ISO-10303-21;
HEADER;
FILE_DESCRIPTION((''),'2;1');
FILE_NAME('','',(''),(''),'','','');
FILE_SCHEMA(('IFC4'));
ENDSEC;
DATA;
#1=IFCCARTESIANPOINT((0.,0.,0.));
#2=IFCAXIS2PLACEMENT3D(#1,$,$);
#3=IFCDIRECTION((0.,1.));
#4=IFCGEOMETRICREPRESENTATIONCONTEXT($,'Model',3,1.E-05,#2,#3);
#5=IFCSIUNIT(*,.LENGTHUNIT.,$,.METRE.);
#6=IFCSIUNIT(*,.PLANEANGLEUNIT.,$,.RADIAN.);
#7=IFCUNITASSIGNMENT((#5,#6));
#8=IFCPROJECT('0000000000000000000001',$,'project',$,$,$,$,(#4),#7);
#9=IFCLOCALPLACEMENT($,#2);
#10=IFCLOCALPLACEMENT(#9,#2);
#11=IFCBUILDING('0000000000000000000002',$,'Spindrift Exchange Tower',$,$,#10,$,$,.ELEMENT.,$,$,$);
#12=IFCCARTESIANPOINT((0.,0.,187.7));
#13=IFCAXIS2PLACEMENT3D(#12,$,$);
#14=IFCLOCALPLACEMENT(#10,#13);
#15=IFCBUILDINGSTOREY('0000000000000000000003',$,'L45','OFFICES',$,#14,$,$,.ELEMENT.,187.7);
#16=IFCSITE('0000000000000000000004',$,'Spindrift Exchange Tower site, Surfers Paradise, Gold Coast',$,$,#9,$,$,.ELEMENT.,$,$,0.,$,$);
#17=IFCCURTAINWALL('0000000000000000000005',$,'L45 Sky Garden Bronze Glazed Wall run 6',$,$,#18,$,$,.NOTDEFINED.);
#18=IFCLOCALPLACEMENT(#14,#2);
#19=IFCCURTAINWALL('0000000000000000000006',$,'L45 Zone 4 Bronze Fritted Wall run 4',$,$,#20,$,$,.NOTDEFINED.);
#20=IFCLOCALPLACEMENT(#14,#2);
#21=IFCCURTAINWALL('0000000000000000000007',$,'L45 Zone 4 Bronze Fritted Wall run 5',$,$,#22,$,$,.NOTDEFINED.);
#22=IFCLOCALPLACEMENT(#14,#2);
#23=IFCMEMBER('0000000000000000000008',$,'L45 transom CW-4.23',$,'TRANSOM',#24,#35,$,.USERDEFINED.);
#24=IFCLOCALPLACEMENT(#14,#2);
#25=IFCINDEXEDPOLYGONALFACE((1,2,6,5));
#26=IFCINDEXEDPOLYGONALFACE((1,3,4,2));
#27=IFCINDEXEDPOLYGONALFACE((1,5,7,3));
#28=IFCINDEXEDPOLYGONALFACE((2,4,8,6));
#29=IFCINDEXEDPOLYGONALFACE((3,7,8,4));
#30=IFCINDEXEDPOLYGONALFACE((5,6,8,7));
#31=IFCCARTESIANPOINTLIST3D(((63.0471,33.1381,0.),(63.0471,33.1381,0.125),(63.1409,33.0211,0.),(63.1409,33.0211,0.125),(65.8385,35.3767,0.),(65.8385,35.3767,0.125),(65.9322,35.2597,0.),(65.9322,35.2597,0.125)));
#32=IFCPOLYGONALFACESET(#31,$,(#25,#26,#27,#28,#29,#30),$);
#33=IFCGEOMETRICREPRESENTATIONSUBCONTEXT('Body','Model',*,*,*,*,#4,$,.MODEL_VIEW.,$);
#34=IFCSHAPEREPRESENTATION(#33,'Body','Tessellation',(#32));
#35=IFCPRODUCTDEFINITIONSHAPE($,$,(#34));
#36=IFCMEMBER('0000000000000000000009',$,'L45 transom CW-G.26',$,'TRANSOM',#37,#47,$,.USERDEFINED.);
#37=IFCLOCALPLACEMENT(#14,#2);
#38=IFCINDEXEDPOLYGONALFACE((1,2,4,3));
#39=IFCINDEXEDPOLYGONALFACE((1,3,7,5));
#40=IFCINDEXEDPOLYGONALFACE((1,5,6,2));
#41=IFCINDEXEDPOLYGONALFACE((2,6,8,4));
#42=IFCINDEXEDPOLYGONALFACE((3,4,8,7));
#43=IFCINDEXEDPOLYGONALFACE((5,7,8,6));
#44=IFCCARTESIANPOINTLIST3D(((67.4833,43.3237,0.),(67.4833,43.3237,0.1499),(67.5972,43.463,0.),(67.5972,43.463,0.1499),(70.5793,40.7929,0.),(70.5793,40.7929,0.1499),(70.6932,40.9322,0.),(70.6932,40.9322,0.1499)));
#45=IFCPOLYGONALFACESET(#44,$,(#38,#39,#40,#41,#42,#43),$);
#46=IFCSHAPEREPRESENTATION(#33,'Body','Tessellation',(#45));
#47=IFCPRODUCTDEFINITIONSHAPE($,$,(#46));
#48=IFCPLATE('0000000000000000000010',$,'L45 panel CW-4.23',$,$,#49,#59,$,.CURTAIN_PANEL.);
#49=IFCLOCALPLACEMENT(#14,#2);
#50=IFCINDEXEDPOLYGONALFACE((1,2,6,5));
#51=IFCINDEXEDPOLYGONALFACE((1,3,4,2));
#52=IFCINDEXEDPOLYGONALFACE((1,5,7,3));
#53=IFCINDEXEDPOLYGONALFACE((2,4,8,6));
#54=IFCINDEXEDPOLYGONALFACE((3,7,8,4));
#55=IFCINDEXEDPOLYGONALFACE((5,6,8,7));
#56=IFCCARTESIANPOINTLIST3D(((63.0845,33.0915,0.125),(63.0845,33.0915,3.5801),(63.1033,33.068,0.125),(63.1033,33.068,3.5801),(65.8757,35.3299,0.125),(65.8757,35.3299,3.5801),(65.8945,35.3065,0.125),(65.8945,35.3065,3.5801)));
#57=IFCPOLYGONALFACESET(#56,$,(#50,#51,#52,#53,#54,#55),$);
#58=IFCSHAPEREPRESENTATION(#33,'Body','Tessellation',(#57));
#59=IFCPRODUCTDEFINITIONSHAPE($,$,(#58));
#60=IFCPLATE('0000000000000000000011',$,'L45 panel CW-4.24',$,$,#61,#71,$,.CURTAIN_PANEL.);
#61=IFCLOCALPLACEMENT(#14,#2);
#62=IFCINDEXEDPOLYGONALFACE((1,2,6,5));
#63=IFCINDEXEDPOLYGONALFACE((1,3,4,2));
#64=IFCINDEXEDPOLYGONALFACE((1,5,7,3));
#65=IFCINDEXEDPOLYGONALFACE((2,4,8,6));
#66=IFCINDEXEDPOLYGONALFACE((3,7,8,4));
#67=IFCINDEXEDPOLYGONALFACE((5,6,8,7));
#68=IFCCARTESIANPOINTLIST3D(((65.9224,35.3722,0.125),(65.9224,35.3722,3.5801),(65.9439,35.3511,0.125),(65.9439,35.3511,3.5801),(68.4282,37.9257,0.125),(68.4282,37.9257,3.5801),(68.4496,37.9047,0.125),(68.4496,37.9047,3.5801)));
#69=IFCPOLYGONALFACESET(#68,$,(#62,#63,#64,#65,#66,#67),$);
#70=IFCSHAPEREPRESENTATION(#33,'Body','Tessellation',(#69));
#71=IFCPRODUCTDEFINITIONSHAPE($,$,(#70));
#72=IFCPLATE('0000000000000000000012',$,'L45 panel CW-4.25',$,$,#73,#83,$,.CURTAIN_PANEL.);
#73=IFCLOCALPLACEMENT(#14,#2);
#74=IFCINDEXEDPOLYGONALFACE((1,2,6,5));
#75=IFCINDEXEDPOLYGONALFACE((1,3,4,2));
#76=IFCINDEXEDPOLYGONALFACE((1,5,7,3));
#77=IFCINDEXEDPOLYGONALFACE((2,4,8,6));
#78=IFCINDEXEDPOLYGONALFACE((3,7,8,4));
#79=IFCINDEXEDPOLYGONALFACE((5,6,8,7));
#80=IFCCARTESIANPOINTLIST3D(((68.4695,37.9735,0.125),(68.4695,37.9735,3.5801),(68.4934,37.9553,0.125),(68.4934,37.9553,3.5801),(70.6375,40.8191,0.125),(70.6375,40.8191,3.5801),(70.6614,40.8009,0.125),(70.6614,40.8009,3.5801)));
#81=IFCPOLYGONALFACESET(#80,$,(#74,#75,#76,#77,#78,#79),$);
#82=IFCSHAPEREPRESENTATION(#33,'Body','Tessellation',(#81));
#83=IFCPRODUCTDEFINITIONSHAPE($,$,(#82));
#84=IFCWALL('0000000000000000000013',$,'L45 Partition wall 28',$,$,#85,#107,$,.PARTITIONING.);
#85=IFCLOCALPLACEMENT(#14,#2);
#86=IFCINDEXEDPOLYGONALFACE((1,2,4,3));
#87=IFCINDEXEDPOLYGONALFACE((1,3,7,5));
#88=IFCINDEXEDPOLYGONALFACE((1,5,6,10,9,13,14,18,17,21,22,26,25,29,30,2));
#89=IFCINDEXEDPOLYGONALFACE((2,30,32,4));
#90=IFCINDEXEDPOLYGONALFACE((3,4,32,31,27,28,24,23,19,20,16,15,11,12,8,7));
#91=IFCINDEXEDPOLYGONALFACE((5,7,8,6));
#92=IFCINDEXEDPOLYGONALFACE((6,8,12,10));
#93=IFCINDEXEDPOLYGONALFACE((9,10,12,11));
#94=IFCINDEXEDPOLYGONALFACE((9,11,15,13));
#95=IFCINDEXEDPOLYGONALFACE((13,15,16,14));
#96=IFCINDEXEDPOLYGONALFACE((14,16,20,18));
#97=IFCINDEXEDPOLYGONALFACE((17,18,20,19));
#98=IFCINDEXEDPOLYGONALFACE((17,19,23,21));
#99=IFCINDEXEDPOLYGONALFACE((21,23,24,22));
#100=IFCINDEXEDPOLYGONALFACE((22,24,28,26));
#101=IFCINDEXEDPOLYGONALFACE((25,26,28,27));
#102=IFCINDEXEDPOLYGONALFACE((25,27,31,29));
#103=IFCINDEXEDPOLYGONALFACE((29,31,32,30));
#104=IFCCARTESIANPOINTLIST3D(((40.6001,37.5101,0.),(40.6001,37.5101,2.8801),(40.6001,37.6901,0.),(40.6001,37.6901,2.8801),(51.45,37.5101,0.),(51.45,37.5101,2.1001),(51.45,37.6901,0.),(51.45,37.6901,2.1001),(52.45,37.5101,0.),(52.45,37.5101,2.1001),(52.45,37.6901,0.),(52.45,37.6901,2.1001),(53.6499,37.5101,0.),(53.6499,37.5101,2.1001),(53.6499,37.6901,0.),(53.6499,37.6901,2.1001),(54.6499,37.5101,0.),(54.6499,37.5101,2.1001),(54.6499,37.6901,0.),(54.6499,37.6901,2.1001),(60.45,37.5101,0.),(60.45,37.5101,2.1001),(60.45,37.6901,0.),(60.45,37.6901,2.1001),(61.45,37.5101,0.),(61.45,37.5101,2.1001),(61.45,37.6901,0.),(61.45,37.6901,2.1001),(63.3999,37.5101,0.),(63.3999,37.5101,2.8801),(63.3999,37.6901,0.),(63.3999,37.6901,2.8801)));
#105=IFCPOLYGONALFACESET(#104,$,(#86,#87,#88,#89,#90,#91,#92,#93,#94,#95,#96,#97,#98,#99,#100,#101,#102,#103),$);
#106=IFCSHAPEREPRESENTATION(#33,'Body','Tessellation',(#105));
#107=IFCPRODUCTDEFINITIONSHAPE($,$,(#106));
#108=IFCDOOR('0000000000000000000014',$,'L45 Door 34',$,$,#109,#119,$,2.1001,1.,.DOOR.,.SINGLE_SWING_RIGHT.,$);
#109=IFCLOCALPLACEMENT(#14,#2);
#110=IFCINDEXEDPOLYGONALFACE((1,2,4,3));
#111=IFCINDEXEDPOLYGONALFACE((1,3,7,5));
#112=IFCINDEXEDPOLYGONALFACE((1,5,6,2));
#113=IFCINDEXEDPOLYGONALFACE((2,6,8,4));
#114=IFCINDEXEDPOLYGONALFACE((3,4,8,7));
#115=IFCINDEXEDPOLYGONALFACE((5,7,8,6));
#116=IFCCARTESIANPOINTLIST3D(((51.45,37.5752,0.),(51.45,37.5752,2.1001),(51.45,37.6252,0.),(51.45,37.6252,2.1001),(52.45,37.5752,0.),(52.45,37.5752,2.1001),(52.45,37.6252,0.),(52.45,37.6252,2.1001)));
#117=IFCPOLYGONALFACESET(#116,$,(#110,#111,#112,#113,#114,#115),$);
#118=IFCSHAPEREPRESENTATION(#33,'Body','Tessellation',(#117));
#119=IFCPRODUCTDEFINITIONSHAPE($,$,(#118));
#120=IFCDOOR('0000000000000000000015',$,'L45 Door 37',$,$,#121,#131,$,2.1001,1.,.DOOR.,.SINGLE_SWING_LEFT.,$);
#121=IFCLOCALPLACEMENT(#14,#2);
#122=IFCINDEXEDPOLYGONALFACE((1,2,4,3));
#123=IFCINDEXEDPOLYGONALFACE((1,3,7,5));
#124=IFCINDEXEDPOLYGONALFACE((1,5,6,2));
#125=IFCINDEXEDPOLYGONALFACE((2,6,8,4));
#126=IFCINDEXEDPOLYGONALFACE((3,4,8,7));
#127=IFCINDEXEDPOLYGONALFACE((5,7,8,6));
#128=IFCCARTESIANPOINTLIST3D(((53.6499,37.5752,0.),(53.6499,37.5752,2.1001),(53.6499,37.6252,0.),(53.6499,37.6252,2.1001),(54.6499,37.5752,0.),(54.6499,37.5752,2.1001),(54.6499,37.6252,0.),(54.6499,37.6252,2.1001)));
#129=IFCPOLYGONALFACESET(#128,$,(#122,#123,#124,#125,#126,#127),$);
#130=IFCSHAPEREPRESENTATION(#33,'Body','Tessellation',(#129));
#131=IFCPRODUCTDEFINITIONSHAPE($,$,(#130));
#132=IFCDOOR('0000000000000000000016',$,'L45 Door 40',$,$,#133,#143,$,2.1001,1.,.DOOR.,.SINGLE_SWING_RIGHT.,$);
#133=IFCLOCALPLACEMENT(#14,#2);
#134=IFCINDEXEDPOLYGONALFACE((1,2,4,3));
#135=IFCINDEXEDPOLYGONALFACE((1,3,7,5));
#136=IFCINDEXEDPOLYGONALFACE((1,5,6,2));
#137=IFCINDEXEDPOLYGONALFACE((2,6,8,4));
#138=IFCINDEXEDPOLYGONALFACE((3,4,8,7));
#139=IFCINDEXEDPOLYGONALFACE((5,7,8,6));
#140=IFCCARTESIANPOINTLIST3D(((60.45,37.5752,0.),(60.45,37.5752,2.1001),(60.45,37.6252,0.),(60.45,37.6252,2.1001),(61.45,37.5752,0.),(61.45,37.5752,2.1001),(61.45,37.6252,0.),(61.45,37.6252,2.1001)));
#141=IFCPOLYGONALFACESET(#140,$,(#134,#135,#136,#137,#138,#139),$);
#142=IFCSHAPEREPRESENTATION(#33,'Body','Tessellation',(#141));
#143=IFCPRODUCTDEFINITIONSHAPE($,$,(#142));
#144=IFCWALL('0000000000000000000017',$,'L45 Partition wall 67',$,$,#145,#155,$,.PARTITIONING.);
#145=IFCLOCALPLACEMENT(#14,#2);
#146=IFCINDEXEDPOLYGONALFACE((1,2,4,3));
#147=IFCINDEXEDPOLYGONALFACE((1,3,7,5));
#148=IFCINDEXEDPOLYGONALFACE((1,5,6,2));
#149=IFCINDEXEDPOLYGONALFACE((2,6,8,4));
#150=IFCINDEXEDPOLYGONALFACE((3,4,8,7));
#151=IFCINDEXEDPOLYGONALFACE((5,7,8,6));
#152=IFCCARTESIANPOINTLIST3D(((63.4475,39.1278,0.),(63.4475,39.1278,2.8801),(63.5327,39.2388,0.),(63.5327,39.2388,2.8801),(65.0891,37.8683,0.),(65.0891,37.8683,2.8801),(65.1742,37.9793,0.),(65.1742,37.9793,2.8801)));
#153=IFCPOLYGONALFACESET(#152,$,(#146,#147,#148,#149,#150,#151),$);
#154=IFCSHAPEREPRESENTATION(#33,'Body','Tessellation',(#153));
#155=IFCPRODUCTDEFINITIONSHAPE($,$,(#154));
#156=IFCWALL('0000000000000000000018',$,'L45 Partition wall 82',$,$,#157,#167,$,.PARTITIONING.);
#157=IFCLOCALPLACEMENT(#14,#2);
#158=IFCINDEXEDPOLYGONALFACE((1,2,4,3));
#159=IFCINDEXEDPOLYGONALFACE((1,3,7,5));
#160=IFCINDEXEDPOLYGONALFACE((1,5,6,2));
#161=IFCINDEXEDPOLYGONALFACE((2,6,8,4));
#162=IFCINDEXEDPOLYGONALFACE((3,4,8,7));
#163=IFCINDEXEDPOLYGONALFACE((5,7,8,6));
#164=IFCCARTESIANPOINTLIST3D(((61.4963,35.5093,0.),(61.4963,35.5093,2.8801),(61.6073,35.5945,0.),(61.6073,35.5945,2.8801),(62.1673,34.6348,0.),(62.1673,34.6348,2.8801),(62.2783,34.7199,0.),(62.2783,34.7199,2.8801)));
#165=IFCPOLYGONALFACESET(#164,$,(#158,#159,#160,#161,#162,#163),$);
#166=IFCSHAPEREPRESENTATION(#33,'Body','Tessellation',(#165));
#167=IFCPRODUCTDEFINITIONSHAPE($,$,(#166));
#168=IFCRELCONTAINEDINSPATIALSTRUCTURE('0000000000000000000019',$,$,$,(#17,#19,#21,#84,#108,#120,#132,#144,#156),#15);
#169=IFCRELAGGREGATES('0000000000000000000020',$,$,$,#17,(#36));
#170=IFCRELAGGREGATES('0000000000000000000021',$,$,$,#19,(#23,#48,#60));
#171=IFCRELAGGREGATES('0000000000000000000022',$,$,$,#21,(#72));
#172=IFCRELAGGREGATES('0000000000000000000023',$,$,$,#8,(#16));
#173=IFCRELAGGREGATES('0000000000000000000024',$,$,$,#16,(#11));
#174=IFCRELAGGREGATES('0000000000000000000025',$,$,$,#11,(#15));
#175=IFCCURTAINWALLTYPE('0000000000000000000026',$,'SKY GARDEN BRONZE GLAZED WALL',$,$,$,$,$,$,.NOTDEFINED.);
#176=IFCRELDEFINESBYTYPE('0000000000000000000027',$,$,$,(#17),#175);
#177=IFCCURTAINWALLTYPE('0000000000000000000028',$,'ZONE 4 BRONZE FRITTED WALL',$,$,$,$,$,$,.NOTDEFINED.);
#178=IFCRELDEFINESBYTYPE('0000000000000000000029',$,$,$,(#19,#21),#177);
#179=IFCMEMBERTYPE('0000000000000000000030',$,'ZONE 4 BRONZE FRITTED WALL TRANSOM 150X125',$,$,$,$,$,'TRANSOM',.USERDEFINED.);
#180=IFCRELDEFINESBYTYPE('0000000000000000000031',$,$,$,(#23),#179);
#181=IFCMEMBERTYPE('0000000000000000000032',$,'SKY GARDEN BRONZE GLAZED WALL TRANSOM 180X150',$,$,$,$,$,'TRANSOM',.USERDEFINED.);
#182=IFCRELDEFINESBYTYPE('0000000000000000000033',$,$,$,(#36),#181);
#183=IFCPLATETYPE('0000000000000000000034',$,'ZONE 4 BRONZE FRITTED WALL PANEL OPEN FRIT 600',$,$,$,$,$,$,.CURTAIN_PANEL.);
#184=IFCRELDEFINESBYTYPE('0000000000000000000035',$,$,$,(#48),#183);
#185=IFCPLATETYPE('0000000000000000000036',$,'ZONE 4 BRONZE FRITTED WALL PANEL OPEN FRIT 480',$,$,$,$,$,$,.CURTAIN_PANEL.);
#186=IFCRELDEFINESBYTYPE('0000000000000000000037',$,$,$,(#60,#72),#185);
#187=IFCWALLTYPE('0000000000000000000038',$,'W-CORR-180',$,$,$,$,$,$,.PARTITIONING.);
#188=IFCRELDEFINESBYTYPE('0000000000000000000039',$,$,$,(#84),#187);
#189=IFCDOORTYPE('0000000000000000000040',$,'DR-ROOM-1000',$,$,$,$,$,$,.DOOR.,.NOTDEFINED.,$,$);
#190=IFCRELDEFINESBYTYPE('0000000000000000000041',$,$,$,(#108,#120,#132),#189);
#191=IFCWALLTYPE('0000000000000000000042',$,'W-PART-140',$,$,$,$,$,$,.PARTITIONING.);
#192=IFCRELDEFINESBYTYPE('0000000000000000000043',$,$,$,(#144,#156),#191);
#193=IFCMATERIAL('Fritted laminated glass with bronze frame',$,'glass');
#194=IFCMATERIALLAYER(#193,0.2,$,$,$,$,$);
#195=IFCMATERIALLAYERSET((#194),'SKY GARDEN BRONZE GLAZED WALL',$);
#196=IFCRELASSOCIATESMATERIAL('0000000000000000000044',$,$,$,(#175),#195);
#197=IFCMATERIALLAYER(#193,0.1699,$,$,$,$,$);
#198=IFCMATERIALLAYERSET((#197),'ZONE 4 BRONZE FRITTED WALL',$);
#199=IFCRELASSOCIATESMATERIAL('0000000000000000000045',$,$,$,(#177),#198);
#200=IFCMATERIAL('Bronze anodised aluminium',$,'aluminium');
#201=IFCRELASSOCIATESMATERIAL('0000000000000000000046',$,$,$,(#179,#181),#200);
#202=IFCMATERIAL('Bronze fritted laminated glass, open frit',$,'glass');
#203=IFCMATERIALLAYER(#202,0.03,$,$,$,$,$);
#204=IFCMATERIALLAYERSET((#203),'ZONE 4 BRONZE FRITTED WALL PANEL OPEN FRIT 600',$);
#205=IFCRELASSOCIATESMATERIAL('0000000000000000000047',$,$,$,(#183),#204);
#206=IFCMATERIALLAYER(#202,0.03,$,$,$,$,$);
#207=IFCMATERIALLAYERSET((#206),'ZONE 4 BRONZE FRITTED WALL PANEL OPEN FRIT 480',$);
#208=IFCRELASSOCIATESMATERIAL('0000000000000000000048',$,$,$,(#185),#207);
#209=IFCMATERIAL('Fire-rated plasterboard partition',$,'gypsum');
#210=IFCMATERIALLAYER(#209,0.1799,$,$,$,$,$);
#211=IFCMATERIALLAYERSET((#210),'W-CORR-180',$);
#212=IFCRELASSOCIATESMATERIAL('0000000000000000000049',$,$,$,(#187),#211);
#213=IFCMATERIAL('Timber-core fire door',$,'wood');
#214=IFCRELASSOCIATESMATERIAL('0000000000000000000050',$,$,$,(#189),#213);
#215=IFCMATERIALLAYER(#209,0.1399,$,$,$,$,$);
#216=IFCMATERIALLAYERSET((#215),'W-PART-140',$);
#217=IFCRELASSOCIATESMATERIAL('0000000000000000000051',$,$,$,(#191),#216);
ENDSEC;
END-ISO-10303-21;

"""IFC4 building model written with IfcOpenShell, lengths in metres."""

from ifc_helpers import new_model, si_unit, direction, frame, frame_2d, origin, origin_2d, place, context, subcontext, project, spatial, rectangle, extrude, source, transform, mapped, material, layer, layer_set, material_profile, profile_set, type_object, element, fill, aggregate, save


model = new_model("IFC4")

# Units and contexts
model_context = context("Model", 3, precision=1e-05, world=origin(), true_north=direction((0.0, 1.0)))
body_context = subcontext(model_context, "Body", "Model", "MODEL_VIEW")
ifc_project = project(units=[si_unit("LENGTHUNIT", "METRE"), si_unit("PLANEANGLEUNIT", "RADIAN")], contexts=[model_context])

# Site, building, storey
site_placement = place(None, origin())
site = spatial("IfcSite", under=ifc_project, at=site_placement, Name="Spindrift Exchange Tower site, Surfers Paradise, Gold Coast", CompositionType="ELEMENT", RefElevation=0.0)
building_placement = place(site_placement, origin())
building = spatial("IfcBuilding", under=site, at=building_placement, Name="Spindrift Exchange Tower", CompositionType="ELEMENT")
storey_placement = place(building_placement, frame((0.0, 0.0, 187.7)))
storey = spatial("IfcBuildingStorey", under=building, at=storey_placement, Name="L45", Description="OFFICES", CompositionType="ELEMENT", Elevation=187.7)

# Curtain walls
ifc_material_1 = material(Name="Fritted laminated glass with bronze frame", Category="glass")
ifc_layer_1 = layer(ifc_material_1, 0.2)
ifc_layer_set_1 = layer_set([ifc_layer_1], Name="SKY GARDEN BRONZE GLAZED WALL")
curtain_wall_type_1 = type_object("IfcCurtainWallType", Name="SKY GARDEN BRONZE GLAZED WALL", PredefinedType="NOTDEFINED", material=ifc_layer_set_1)
curtain_wall_1_placement = place(storey_placement, origin())
curtain_wall_1 = element("IfcCurtainWall", 1, at=curtain_wall_1_placement, inside=storey, type_object=curtain_wall_type_1, Name="L45 Sky Garden Bronze Glazed Wall run 6", PredefinedType="NOTDEFINED")
ifc_material_2 = material(Name="Bronze anodised aluminium", Category="aluminium")
ifc_layer_2 = layer(ifc_material_1, 0.1699)
ifc_layer_set_2 = layer_set([ifc_layer_2], Name="ZONE 4 BRONZE FRITTED WALL")
curtain_wall_type_2 = type_object("IfcCurtainWallType", Name="ZONE 4 BRONZE FRITTED WALL", PredefinedType="NOTDEFINED", material=ifc_layer_set_2)
curtain_wall_2_placement = place(storey_placement, origin())
curtain_wall_2 = element("IfcCurtainWall", 2, at=curtain_wall_2_placement, inside=storey, type_object=curtain_wall_type_2, Name="L45 Zone 4 Bronze Fritted Wall run 4", PredefinedType="NOTDEFINED")
ifc_material_profile_1 = material_profile(ifc_material_2, rectangle(XDim=0.1499, YDim=0.125, at=origin_2d()), Name="ZONE 4 BRONZE FRITTED WALL TRANSOM 150X125")
ifc_profile_set_1 = profile_set([ifc_material_profile_1], Name="Bronze anodised aluminium")
member_type_1 = type_object("IfcMemberType", Name="ZONE 4 BRONZE FRITTED WALL TRANSOM 150X125", ElementType="TRANSOM", PredefinedType="USERDEFINED", material=ifc_profile_set_1)
curtain_wall_3_placement = place(storey_placement, origin())
curtain_wall_3 = element("IfcCurtainWall", 3, at=curtain_wall_3_placement, inside=storey, type_object=curtain_wall_type_2, Name="L45 Zone 4 Bronze Fritted Wall run 5", PredefinedType="NOTDEFINED")

# Members
shared_shape_1 = source(origin(), body_context, "Body", "SweptSolid", [
    extrude(rectangle(XDim=0.1499, YDim=0.125, at=origin_2d()), origin(), (0.0, 0.0, 1.0), 3.5781),
])
member_1_placement = place(storey_placement, frame((63.094, 33.0796, 0.0625), z_axis=(0.780116, 0.625635, 0.0), x_axis=(-0.625635, 0.780116, 0.0)))
member_1 = element("IfcMember", 4, at=member_1_placement, type_object=member_type_1, Name="L45 transom CW-4.23", ObjectType="TRANSOM", PredefinedType="USERDEFINED", context=body_context, shape_type="MappedRepresentation", body=[
    mapped(shared_shape_1, transform((0.0, 0.0, 0.0), scale=1.0)),
])
ifc_material_profile_2 = material_profile(ifc_material_2, rectangle(XDim=0.1799, YDim=0.1499, at=origin_2d()), Name="SKY GARDEN BRONZE GLAZED WALL TRANSOM 180X150")
ifc_profile_set_2 = profile_set([ifc_material_profile_2], Name="Bronze anodised aluminium")
member_type_2 = type_object("IfcMemberType", Name="SKY GARDEN BRONZE GLAZED WALL TRANSOM 180X150", ElementType="TRANSOM", PredefinedType="USERDEFINED", material=ifc_profile_set_2)
shared_shape_2 = source(origin(), body_context, "Body", "SweptSolid", [
    extrude(rectangle(XDim=0.1799, YDim=0.1499, at=origin_2d()), origin(), (0.0, 0.0, 1.0), 3.9988),
])
member_2_placement = place(storey_placement, frame((70.6362, 40.8625, 0.075), z_axis=(-0.774237, 0.632895, 0.0), x_axis=(-0.632895, -0.774237, 0.0)))
member_2 = element("IfcMember", 5, at=member_2_placement, type_object=member_type_2, Name="L45 transom CW-G.26", ObjectType="TRANSOM", PredefinedType="USERDEFINED", context=body_context, shape_type="MappedRepresentation", body=[
    mapped(shared_shape_2, transform((0.0, 0.0, 0.0), scale=1.0)),
])
aggregate(curtain_wall_1, [member_2])

# Plates
ifc_material_3 = material(Name="Bronze fritted laminated glass, open frit", Category="glass")
ifc_layer_3 = layer(ifc_material_3, 0.03)
ifc_layer_set_3 = layer_set([ifc_layer_3], Name="ZONE 4 BRONZE FRITTED WALL PANEL OPEN FRIT 600")
plate_type_1 = type_object("IfcPlateType", Name="ZONE 4 BRONZE FRITTED WALL PANEL OPEN FRIT 600", PredefinedType="CURTAIN_PANEL", material=ifc_layer_set_3)
shared_shape_3 = source(origin(), body_context, "Body", "SweptSolid", [
    extrude(rectangle(XDim=3.5779, YDim=0.03, at=origin_2d()), origin(), (0.0, 0.0, 1.0), 3.4551),
])
plate_1_placement = place(storey_placement, frame((64.4895, 34.199, 0.125), z_axis=(0.0, 0.0, 1.0), x_axis=(0.780111, 0.625642, 0.0)))
plate_1 = element("IfcPlate", 6, at=plate_1_placement, type_object=plate_type_1, Name="L45 panel CW-4.23", PredefinedType="CURTAIN_PANEL", context=body_context, shape_type="MappedRepresentation", body=[
    mapped(shared_shape_3, transform((0.0, 0.0, 0.0), scale=1.0)),
])
ifc_layer_4 = layer(ifc_material_3, 0.03)
ifc_layer_set_4 = layer_set([ifc_layer_4], Name="ZONE 4 BRONZE FRITTED WALL PANEL OPEN FRIT 480")
plate_type_2 = type_object("IfcPlateType", Name="ZONE 4 BRONZE FRITTED WALL PANEL OPEN FRIT 480", PredefinedType="CURTAIN_PANEL", material=ifc_layer_set_4)
shared_shape_4 = source(origin(), body_context, "Body", "SweptSolid", [
    extrude(rectangle(XDim=3.5776, YDim=0.03, at=origin_2d()), origin(), (0.0, 0.0, 1.0), 3.4551),
])
plate_2_placement = place(storey_placement, frame((67.186, 36.6384, 0.125), z_axis=(0.0, 0.0, 1.0), x_axis=(0.70039, 0.71376, 0.0)))
plate_2 = element("IfcPlate", 7, at=plate_2_placement, type_object=plate_type_2, Name="L45 panel CW-4.24", PredefinedType="CURTAIN_PANEL", context=body_context, shape_type="MappedRepresentation", body=[
    mapped(shared_shape_4, transform((0.0, 0.0, 0.0), scale=1.0)),
])
aggregate(curtain_wall_2, [member_1, plate_1, plate_2])
shared_shape_5 = source(origin(), body_context, "Body", "SweptSolid", [
    extrude(rectangle(XDim=3.5774, YDim=0.03, at=origin_2d()), origin(), (0.0, 0.0, 1.0), 3.4551),
])
plate_3_placement = place(storey_placement, frame((69.5654, 39.3872, 0.125), z_axis=(0.0, 0.0, 1.0), x_axis=(0.606031, 0.795441, 0.0)))
plate_3 = element("IfcPlate", 8, at=plate_3_placement, type_object=plate_type_2, Name="L45 panel CW-4.25", PredefinedType="CURTAIN_PANEL", context=body_context, shape_type="MappedRepresentation", body=[
    mapped(shared_shape_5, transform((0.0, 0.0, 0.0), scale=1.0)),
])
aggregate(curtain_wall_3, [plate_3])

# Wall, openings, doors
ifc_material_4 = material(Name="Fire-rated plasterboard partition", Category="gypsum")
ifc_layer_5 = layer(ifc_material_4, 0.1799)
ifc_layer_set_5 = layer_set([ifc_layer_5], Name="W-CORR-180")
wall_type_1 = type_object("IfcWallType", Name="W-CORR-180", PredefinedType="PARTITIONING", material=ifc_layer_set_5)
wall_1_placement = place(storey_placement, frame((63.3999, 37.6001, 0.0), z_axis=(0.0, 0.0, 1.0), x_axis=(-1.0, 0.0, 0.0)))
wall_1 = element("IfcWall", 9, at=wall_1_placement, inside=storey, type_object=wall_type_1, Name="L45 Partition wall 28", PredefinedType="PARTITIONING", context=body_context, shape_type="SweptSolid", body=[
    extrude(rectangle(XDim=22.7998, YDim=0.1799, at=frame_2d((11.3999, 0.0))), origin(), (0.0, 0.0, 1.0), 2.8801),
])
opening_1_placement = place(wall_1_placement, frame((10.95, 0.0, 0.0)))
opening_1 = element("IfcOpeningElement", 10, at=opening_1_placement, cuts=wall_1, PredefinedType="OPENING", context=body_context, shape_type="SweptSolid", body=[
    extrude(rectangle(XDim=1.0, YDim=2.1001, at=frame_2d((0.5, 1.05))), frame((0.0, 0.0999, 0.0), z_axis=(0.0, -1.0, 0.0), x_axis=(1.0, 0.0, 0.0)), (0.0, 0.0, 1.0), 0.2),
])
opening_2_placement = place(wall_1_placement, frame((8.75, 0.0, 0.0)))
opening_2 = element("IfcOpeningElement", 11, at=opening_2_placement, cuts=wall_1, PredefinedType="OPENING", context=body_context, shape_type="SweptSolid", body=[
    extrude(rectangle(XDim=1.0, YDim=2.1001, at=frame_2d((0.5, 1.05))), frame((0.0, 0.0999, 0.0), z_axis=(0.0, -1.0, 0.0), x_axis=(1.0, 0.0, 0.0)), (0.0, 0.0, 1.0), 0.2),
])
opening_3_placement = place(wall_1_placement, frame((1.95, 0.0, 0.0)))
opening_3 = element("IfcOpeningElement", 12, at=opening_3_placement, cuts=wall_1, PredefinedType="OPENING", context=body_context, shape_type="SweptSolid", body=[
    extrude(rectangle(XDim=1.0, YDim=2.1001, at=frame_2d((0.5, 1.05))), frame((0.0, 0.0999, 0.0), z_axis=(0.0, -1.0, 0.0), x_axis=(1.0, 0.0, 0.0)), (0.0, 0.0, 1.0), 0.2),
])
ifc_material_5 = material(Name="Timber-core fire door", Category="wood")
door_type = type_object("IfcDoorType", Name="DR-ROOM-1000", OperationType="NOTDEFINED", PredefinedType="DOOR", material=ifc_material_5)
shared_shape_6 = source(origin(), body_context, "Body", "SweptSolid", [
    extrude(rectangle(XDim=1.0, YDim=2.1001, at=frame_2d((0.5, 1.05))), frame((0.0, 0.0249, 0.0), z_axis=(0.0, -1.0, 0.0), x_axis=(1.0, 0.0, 0.0)), (0.0, 0.0, 1.0), 0.05),
])
door_1_placement = place(opening_1_placement, origin())
door_1 = element("IfcDoor", 13, at=door_1_placement, inside=storey, type_object=door_type, Name="L45 Door 34", OperationType="SINGLE_SWING_RIGHT", OverallHeight=2.1001, OverallWidth=1.0, PredefinedType="DOOR", context=body_context, shape_type="MappedRepresentation", body=[
    mapped(shared_shape_6, transform((0.0, 0.0, 0.0), scale=1.0)),
])
fill(opening_1, door_1)
door_2_placement = place(opening_2_placement, origin())
door_2 = element("IfcDoor", 14, at=door_2_placement, inside=storey, type_object=door_type, Name="L45 Door 37", OperationType="SINGLE_SWING_LEFT", OverallHeight=2.1001, OverallWidth=1.0, PredefinedType="DOOR", context=body_context, shape_type="MappedRepresentation", body=[
    mapped(shared_shape_6, transform((0.0, 0.0, 0.0), scale=1.0)),
])
fill(opening_2, door_2)
door_3_placement = place(opening_3_placement, origin())
door_3 = element("IfcDoor", 15, at=door_3_placement, inside=storey, type_object=door_type, Name="L45 Door 40", OperationType="SINGLE_SWING_RIGHT", OverallHeight=2.1001, OverallWidth=1.0, PredefinedType="DOOR", context=body_context, shape_type="MappedRepresentation", body=[
    mapped(shared_shape_6, transform((0.0, 0.0, 0.0), scale=1.0)),
])
fill(opening_3, door_3)

# Walls
ifc_layer_6 = layer(ifc_material_4, 0.1399)
ifc_layer_set_6 = layer_set([ifc_layer_6], Name="W-PART-140")
wall_type_2 = type_object("IfcWallType", Name="W-PART-140", PredefinedType="PARTITIONING", material=ifc_layer_set_6)
wall_2_placement = place(storey_placement, frame((63.49, 39.1833, 0.0), z_axis=(0.0, 0.0, 1.0), x_axis=(0.793382, -0.608724, 0.0)))
element("IfcWall", 16, at=wall_2_placement, inside=storey, type_object=wall_type_2, Name="L45 Partition wall 67", PredefinedType="PARTITIONING", context=body_context, shape_type="SweptSolid", body=[
    extrude(rectangle(XDim=2.0691, YDim=0.1399, at=frame_2d((1.0347, 0.0))), origin(), (0.0, 0.0, 1.0), 2.8801),
])
wall_3_placement = place(storey_placement, frame((61.5518, 35.552, 0.0), z_axis=(0.0, 0.0, 1.0), x_axis=(0.608683, -0.793414, 0.0)))
element("IfcWall", 17, at=wall_3_placement, inside=storey, type_object=wall_type_2, Name="L45 Partition wall 82", PredefinedType="PARTITIONING", context=body_context, shape_type="SweptSolid", body=[
    extrude(rectangle(XDim=1.1023, YDim=0.1399, at=frame_2d((0.5513, 0.0))), origin(), (0.0, 0.0, 1.0), 2.8801),
])

save(model, "model.ifc")
